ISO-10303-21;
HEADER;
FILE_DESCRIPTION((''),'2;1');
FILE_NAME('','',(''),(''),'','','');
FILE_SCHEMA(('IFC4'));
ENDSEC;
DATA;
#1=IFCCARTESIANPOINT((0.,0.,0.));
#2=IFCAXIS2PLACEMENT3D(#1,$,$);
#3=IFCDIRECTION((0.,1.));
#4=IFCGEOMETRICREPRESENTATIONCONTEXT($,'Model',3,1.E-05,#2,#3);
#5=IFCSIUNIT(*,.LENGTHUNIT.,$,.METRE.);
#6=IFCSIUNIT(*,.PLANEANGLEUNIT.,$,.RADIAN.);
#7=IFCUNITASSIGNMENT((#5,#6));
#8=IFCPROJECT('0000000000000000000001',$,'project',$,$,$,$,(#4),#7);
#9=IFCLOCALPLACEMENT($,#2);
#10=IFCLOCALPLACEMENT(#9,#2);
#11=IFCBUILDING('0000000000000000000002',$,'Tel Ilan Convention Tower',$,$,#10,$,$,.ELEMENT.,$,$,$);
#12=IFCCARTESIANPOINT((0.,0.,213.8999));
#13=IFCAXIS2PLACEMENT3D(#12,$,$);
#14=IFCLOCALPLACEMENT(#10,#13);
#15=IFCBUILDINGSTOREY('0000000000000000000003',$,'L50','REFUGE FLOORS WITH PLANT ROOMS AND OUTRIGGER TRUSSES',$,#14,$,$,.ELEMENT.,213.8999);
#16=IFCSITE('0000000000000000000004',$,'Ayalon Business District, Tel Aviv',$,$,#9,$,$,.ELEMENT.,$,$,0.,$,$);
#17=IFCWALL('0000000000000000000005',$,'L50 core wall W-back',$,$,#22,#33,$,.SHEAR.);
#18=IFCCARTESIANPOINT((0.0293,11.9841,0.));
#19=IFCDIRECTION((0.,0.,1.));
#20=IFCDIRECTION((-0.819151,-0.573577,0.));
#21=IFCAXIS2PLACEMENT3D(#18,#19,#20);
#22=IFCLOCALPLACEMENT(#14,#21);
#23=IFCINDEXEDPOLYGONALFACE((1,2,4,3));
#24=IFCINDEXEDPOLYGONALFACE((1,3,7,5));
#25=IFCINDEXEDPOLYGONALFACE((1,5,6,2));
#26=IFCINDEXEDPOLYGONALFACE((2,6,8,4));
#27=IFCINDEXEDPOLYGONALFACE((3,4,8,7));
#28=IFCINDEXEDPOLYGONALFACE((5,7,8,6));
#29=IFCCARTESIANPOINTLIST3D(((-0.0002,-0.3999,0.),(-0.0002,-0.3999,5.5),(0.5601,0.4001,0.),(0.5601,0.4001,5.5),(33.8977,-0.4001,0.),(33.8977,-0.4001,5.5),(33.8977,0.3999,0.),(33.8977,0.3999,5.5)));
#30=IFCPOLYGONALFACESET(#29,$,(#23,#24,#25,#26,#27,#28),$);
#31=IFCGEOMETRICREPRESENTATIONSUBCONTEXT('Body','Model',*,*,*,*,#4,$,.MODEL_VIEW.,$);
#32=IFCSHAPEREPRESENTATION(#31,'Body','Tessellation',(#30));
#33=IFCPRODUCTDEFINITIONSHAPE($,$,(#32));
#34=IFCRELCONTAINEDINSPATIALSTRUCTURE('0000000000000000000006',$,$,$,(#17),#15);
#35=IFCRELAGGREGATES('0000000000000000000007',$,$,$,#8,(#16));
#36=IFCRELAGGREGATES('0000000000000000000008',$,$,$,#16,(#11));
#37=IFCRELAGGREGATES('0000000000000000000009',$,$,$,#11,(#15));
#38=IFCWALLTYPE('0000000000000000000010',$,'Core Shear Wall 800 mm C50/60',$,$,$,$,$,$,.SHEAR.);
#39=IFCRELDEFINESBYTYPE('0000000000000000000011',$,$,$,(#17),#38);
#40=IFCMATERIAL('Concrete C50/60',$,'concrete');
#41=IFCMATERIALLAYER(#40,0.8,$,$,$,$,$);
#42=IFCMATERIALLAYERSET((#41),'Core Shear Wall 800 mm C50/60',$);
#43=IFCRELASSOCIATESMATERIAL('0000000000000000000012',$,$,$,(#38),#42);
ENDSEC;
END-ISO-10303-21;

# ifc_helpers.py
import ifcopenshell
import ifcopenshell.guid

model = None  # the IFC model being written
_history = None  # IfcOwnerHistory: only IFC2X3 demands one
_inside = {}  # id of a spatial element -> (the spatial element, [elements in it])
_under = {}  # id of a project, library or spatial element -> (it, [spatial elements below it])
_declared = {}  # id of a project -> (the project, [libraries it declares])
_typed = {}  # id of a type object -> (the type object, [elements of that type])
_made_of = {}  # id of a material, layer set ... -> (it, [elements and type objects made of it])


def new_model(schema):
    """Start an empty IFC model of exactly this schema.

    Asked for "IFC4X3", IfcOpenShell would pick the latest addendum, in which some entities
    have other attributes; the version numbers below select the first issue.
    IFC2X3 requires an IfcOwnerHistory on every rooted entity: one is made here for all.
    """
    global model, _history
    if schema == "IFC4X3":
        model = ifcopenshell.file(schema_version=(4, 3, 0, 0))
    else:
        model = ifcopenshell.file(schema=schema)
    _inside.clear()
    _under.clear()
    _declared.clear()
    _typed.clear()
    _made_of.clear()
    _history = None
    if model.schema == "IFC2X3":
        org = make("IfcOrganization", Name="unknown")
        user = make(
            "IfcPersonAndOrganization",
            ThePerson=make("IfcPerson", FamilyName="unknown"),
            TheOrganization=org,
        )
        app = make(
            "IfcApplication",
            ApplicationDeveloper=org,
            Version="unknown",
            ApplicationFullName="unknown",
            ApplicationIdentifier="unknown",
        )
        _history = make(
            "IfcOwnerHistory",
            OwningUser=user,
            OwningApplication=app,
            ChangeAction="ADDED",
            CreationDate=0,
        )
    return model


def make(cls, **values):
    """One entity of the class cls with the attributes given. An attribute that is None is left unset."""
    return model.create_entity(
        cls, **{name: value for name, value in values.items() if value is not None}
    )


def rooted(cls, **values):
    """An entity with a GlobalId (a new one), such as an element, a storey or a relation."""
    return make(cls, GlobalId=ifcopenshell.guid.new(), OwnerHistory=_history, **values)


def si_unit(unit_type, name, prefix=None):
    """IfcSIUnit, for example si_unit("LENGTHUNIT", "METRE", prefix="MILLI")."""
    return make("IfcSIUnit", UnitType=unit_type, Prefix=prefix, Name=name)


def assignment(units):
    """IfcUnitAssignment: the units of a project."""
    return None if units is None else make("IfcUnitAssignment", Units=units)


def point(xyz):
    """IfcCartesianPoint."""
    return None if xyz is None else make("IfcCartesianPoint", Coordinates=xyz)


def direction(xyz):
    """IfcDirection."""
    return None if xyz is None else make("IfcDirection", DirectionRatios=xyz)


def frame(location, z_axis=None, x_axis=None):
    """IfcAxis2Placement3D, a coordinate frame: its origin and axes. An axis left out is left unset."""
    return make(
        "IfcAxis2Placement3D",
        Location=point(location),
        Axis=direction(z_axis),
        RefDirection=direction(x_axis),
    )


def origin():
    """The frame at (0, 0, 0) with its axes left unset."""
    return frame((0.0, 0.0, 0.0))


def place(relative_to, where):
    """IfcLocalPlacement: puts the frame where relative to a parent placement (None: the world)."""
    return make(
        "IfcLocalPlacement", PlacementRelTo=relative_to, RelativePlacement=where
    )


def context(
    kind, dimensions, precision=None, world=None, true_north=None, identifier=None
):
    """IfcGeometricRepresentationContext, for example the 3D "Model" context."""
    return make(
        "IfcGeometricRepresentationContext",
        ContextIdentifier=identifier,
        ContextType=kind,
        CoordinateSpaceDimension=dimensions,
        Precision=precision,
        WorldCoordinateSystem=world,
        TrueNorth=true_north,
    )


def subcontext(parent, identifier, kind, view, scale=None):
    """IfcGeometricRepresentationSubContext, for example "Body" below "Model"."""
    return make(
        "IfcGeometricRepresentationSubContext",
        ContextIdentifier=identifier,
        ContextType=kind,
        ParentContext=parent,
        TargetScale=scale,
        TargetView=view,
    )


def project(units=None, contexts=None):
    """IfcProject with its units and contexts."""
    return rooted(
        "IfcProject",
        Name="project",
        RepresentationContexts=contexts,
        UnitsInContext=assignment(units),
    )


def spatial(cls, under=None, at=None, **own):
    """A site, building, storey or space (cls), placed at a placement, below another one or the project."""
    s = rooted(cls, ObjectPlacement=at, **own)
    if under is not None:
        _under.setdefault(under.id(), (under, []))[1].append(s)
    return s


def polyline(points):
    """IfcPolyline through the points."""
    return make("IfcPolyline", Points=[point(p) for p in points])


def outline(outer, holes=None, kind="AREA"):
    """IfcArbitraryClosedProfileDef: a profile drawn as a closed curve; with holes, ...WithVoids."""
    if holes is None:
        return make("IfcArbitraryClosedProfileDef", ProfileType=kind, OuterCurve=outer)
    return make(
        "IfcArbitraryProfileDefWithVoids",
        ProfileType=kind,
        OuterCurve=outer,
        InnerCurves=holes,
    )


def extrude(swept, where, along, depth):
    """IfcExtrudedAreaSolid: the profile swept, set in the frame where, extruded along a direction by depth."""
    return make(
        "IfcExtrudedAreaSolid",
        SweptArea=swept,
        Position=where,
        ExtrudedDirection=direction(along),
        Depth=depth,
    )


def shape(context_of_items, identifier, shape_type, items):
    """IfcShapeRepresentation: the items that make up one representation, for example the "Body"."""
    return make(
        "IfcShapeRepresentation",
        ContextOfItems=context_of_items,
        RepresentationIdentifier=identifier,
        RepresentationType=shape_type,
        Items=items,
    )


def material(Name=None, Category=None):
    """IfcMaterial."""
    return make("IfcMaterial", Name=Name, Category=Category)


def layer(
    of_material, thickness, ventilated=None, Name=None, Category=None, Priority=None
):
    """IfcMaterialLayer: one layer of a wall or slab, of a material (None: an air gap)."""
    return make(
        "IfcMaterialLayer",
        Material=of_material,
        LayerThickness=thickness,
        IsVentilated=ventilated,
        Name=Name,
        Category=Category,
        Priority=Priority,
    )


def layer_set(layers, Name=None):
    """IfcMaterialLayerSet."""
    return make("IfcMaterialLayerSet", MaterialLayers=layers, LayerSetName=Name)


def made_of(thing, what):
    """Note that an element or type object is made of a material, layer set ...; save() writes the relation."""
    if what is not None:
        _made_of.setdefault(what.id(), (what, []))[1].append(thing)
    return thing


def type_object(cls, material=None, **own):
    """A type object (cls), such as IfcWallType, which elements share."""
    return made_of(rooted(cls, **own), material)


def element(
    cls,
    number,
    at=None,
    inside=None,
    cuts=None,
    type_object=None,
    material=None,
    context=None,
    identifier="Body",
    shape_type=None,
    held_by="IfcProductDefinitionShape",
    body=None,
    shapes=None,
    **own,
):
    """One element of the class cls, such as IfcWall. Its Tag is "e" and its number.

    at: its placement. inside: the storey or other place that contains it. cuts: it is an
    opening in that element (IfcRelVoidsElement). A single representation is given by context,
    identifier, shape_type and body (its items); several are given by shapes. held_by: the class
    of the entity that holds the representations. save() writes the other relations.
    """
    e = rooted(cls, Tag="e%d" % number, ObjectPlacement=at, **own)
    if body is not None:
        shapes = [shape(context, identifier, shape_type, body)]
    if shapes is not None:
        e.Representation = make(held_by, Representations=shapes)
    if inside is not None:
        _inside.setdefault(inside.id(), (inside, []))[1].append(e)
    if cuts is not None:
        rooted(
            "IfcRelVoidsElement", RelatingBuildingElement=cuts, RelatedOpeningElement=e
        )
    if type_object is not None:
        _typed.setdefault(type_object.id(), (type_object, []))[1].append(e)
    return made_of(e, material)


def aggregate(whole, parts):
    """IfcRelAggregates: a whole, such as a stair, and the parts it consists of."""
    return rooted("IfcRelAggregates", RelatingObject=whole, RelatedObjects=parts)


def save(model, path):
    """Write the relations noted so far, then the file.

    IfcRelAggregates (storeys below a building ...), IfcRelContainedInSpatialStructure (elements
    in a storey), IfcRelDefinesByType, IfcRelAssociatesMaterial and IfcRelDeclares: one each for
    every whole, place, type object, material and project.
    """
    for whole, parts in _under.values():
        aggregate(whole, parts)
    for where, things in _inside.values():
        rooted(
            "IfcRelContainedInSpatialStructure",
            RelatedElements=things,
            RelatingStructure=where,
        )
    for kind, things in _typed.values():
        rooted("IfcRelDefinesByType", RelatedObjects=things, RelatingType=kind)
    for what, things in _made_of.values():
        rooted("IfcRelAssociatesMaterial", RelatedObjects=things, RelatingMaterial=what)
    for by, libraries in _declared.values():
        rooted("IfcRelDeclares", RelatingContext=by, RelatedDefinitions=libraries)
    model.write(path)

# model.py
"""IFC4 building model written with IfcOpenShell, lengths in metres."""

from ifc_helpers import new_model, si_unit, direction, frame, origin, place, context, subcontext, project, spatial, polyline, outline, extrude, material, layer, layer_set, type_object, element, save


model = new_model("IFC4")

# Units and contexts
model_context = context("Model", 3, precision=1e-05, world=origin(), true_north=direction((0.0, 1.0)))
body_context = subcontext(model_context, "Body", "Model", "MODEL_VIEW")
ifc_project = project(units=[si_unit("LENGTHUNIT", "METRE"), si_unit("PLANEANGLEUNIT", "RADIAN")], contexts=[model_context])

# Site, building, storey
site_placement = place(None, origin())
site = spatial("IfcSite", under=ifc_project, at=site_placement, Name="Ayalon Business District, Tel Aviv", CompositionType="ELEMENT", RefElevation=0.0)
building_placement = place(site_placement, origin())
building = spatial("IfcBuilding", under=site, at=building_placement, Name="Tel Ilan Convention Tower", CompositionType="ELEMENT")
storey_placement = place(building_placement, frame((0.0, 0.0, 213.8999)))
storey = spatial("IfcBuildingStorey", under=building, at=storey_placement, Name="L50", Description="REFUGE FLOORS WITH PLANT ROOMS AND OUTRIGGER TRUSSES", CompositionType="ELEMENT", Elevation=213.8999)

# Wall
ifc_material_1 = material(Name="Concrete C50/60", Category="concrete")
ifc_layer_1 = layer(ifc_material_1, 0.8)
ifc_layer_set_1 = layer_set([ifc_layer_1], Name="Core Shear Wall 800 mm C50/60")
wall_type_1 = type_object("IfcWallType", Name="Core Shear Wall 800 mm C50/60", PredefinedType="SHEAR", material=ifc_layer_set_1)
wall_1_placement = place(storey_placement, frame((0.0293, 11.9841, 0.0), z_axis=(0.0, 0.0, 1.0), x_axis=(-0.819151, -0.573577, 0.0)))
element("IfcWall", 1, at=wall_1_placement, inside=storey, type_object=wall_type_1, Name="L50 core wall W-back", PredefinedType="SHEAR", context=body_context, shape_type="SweptSolid", body=[
    extrude(outline(polyline([(33.8977, 0.3999), (0.5601, 0.4001), (-0.0002, -0.3999), (33.8977, -0.4001), (33.8977, 0.3999)])), origin(), (0.0, 0.0, 1.0), 5.5),
])

save(model, "model.ifc")
